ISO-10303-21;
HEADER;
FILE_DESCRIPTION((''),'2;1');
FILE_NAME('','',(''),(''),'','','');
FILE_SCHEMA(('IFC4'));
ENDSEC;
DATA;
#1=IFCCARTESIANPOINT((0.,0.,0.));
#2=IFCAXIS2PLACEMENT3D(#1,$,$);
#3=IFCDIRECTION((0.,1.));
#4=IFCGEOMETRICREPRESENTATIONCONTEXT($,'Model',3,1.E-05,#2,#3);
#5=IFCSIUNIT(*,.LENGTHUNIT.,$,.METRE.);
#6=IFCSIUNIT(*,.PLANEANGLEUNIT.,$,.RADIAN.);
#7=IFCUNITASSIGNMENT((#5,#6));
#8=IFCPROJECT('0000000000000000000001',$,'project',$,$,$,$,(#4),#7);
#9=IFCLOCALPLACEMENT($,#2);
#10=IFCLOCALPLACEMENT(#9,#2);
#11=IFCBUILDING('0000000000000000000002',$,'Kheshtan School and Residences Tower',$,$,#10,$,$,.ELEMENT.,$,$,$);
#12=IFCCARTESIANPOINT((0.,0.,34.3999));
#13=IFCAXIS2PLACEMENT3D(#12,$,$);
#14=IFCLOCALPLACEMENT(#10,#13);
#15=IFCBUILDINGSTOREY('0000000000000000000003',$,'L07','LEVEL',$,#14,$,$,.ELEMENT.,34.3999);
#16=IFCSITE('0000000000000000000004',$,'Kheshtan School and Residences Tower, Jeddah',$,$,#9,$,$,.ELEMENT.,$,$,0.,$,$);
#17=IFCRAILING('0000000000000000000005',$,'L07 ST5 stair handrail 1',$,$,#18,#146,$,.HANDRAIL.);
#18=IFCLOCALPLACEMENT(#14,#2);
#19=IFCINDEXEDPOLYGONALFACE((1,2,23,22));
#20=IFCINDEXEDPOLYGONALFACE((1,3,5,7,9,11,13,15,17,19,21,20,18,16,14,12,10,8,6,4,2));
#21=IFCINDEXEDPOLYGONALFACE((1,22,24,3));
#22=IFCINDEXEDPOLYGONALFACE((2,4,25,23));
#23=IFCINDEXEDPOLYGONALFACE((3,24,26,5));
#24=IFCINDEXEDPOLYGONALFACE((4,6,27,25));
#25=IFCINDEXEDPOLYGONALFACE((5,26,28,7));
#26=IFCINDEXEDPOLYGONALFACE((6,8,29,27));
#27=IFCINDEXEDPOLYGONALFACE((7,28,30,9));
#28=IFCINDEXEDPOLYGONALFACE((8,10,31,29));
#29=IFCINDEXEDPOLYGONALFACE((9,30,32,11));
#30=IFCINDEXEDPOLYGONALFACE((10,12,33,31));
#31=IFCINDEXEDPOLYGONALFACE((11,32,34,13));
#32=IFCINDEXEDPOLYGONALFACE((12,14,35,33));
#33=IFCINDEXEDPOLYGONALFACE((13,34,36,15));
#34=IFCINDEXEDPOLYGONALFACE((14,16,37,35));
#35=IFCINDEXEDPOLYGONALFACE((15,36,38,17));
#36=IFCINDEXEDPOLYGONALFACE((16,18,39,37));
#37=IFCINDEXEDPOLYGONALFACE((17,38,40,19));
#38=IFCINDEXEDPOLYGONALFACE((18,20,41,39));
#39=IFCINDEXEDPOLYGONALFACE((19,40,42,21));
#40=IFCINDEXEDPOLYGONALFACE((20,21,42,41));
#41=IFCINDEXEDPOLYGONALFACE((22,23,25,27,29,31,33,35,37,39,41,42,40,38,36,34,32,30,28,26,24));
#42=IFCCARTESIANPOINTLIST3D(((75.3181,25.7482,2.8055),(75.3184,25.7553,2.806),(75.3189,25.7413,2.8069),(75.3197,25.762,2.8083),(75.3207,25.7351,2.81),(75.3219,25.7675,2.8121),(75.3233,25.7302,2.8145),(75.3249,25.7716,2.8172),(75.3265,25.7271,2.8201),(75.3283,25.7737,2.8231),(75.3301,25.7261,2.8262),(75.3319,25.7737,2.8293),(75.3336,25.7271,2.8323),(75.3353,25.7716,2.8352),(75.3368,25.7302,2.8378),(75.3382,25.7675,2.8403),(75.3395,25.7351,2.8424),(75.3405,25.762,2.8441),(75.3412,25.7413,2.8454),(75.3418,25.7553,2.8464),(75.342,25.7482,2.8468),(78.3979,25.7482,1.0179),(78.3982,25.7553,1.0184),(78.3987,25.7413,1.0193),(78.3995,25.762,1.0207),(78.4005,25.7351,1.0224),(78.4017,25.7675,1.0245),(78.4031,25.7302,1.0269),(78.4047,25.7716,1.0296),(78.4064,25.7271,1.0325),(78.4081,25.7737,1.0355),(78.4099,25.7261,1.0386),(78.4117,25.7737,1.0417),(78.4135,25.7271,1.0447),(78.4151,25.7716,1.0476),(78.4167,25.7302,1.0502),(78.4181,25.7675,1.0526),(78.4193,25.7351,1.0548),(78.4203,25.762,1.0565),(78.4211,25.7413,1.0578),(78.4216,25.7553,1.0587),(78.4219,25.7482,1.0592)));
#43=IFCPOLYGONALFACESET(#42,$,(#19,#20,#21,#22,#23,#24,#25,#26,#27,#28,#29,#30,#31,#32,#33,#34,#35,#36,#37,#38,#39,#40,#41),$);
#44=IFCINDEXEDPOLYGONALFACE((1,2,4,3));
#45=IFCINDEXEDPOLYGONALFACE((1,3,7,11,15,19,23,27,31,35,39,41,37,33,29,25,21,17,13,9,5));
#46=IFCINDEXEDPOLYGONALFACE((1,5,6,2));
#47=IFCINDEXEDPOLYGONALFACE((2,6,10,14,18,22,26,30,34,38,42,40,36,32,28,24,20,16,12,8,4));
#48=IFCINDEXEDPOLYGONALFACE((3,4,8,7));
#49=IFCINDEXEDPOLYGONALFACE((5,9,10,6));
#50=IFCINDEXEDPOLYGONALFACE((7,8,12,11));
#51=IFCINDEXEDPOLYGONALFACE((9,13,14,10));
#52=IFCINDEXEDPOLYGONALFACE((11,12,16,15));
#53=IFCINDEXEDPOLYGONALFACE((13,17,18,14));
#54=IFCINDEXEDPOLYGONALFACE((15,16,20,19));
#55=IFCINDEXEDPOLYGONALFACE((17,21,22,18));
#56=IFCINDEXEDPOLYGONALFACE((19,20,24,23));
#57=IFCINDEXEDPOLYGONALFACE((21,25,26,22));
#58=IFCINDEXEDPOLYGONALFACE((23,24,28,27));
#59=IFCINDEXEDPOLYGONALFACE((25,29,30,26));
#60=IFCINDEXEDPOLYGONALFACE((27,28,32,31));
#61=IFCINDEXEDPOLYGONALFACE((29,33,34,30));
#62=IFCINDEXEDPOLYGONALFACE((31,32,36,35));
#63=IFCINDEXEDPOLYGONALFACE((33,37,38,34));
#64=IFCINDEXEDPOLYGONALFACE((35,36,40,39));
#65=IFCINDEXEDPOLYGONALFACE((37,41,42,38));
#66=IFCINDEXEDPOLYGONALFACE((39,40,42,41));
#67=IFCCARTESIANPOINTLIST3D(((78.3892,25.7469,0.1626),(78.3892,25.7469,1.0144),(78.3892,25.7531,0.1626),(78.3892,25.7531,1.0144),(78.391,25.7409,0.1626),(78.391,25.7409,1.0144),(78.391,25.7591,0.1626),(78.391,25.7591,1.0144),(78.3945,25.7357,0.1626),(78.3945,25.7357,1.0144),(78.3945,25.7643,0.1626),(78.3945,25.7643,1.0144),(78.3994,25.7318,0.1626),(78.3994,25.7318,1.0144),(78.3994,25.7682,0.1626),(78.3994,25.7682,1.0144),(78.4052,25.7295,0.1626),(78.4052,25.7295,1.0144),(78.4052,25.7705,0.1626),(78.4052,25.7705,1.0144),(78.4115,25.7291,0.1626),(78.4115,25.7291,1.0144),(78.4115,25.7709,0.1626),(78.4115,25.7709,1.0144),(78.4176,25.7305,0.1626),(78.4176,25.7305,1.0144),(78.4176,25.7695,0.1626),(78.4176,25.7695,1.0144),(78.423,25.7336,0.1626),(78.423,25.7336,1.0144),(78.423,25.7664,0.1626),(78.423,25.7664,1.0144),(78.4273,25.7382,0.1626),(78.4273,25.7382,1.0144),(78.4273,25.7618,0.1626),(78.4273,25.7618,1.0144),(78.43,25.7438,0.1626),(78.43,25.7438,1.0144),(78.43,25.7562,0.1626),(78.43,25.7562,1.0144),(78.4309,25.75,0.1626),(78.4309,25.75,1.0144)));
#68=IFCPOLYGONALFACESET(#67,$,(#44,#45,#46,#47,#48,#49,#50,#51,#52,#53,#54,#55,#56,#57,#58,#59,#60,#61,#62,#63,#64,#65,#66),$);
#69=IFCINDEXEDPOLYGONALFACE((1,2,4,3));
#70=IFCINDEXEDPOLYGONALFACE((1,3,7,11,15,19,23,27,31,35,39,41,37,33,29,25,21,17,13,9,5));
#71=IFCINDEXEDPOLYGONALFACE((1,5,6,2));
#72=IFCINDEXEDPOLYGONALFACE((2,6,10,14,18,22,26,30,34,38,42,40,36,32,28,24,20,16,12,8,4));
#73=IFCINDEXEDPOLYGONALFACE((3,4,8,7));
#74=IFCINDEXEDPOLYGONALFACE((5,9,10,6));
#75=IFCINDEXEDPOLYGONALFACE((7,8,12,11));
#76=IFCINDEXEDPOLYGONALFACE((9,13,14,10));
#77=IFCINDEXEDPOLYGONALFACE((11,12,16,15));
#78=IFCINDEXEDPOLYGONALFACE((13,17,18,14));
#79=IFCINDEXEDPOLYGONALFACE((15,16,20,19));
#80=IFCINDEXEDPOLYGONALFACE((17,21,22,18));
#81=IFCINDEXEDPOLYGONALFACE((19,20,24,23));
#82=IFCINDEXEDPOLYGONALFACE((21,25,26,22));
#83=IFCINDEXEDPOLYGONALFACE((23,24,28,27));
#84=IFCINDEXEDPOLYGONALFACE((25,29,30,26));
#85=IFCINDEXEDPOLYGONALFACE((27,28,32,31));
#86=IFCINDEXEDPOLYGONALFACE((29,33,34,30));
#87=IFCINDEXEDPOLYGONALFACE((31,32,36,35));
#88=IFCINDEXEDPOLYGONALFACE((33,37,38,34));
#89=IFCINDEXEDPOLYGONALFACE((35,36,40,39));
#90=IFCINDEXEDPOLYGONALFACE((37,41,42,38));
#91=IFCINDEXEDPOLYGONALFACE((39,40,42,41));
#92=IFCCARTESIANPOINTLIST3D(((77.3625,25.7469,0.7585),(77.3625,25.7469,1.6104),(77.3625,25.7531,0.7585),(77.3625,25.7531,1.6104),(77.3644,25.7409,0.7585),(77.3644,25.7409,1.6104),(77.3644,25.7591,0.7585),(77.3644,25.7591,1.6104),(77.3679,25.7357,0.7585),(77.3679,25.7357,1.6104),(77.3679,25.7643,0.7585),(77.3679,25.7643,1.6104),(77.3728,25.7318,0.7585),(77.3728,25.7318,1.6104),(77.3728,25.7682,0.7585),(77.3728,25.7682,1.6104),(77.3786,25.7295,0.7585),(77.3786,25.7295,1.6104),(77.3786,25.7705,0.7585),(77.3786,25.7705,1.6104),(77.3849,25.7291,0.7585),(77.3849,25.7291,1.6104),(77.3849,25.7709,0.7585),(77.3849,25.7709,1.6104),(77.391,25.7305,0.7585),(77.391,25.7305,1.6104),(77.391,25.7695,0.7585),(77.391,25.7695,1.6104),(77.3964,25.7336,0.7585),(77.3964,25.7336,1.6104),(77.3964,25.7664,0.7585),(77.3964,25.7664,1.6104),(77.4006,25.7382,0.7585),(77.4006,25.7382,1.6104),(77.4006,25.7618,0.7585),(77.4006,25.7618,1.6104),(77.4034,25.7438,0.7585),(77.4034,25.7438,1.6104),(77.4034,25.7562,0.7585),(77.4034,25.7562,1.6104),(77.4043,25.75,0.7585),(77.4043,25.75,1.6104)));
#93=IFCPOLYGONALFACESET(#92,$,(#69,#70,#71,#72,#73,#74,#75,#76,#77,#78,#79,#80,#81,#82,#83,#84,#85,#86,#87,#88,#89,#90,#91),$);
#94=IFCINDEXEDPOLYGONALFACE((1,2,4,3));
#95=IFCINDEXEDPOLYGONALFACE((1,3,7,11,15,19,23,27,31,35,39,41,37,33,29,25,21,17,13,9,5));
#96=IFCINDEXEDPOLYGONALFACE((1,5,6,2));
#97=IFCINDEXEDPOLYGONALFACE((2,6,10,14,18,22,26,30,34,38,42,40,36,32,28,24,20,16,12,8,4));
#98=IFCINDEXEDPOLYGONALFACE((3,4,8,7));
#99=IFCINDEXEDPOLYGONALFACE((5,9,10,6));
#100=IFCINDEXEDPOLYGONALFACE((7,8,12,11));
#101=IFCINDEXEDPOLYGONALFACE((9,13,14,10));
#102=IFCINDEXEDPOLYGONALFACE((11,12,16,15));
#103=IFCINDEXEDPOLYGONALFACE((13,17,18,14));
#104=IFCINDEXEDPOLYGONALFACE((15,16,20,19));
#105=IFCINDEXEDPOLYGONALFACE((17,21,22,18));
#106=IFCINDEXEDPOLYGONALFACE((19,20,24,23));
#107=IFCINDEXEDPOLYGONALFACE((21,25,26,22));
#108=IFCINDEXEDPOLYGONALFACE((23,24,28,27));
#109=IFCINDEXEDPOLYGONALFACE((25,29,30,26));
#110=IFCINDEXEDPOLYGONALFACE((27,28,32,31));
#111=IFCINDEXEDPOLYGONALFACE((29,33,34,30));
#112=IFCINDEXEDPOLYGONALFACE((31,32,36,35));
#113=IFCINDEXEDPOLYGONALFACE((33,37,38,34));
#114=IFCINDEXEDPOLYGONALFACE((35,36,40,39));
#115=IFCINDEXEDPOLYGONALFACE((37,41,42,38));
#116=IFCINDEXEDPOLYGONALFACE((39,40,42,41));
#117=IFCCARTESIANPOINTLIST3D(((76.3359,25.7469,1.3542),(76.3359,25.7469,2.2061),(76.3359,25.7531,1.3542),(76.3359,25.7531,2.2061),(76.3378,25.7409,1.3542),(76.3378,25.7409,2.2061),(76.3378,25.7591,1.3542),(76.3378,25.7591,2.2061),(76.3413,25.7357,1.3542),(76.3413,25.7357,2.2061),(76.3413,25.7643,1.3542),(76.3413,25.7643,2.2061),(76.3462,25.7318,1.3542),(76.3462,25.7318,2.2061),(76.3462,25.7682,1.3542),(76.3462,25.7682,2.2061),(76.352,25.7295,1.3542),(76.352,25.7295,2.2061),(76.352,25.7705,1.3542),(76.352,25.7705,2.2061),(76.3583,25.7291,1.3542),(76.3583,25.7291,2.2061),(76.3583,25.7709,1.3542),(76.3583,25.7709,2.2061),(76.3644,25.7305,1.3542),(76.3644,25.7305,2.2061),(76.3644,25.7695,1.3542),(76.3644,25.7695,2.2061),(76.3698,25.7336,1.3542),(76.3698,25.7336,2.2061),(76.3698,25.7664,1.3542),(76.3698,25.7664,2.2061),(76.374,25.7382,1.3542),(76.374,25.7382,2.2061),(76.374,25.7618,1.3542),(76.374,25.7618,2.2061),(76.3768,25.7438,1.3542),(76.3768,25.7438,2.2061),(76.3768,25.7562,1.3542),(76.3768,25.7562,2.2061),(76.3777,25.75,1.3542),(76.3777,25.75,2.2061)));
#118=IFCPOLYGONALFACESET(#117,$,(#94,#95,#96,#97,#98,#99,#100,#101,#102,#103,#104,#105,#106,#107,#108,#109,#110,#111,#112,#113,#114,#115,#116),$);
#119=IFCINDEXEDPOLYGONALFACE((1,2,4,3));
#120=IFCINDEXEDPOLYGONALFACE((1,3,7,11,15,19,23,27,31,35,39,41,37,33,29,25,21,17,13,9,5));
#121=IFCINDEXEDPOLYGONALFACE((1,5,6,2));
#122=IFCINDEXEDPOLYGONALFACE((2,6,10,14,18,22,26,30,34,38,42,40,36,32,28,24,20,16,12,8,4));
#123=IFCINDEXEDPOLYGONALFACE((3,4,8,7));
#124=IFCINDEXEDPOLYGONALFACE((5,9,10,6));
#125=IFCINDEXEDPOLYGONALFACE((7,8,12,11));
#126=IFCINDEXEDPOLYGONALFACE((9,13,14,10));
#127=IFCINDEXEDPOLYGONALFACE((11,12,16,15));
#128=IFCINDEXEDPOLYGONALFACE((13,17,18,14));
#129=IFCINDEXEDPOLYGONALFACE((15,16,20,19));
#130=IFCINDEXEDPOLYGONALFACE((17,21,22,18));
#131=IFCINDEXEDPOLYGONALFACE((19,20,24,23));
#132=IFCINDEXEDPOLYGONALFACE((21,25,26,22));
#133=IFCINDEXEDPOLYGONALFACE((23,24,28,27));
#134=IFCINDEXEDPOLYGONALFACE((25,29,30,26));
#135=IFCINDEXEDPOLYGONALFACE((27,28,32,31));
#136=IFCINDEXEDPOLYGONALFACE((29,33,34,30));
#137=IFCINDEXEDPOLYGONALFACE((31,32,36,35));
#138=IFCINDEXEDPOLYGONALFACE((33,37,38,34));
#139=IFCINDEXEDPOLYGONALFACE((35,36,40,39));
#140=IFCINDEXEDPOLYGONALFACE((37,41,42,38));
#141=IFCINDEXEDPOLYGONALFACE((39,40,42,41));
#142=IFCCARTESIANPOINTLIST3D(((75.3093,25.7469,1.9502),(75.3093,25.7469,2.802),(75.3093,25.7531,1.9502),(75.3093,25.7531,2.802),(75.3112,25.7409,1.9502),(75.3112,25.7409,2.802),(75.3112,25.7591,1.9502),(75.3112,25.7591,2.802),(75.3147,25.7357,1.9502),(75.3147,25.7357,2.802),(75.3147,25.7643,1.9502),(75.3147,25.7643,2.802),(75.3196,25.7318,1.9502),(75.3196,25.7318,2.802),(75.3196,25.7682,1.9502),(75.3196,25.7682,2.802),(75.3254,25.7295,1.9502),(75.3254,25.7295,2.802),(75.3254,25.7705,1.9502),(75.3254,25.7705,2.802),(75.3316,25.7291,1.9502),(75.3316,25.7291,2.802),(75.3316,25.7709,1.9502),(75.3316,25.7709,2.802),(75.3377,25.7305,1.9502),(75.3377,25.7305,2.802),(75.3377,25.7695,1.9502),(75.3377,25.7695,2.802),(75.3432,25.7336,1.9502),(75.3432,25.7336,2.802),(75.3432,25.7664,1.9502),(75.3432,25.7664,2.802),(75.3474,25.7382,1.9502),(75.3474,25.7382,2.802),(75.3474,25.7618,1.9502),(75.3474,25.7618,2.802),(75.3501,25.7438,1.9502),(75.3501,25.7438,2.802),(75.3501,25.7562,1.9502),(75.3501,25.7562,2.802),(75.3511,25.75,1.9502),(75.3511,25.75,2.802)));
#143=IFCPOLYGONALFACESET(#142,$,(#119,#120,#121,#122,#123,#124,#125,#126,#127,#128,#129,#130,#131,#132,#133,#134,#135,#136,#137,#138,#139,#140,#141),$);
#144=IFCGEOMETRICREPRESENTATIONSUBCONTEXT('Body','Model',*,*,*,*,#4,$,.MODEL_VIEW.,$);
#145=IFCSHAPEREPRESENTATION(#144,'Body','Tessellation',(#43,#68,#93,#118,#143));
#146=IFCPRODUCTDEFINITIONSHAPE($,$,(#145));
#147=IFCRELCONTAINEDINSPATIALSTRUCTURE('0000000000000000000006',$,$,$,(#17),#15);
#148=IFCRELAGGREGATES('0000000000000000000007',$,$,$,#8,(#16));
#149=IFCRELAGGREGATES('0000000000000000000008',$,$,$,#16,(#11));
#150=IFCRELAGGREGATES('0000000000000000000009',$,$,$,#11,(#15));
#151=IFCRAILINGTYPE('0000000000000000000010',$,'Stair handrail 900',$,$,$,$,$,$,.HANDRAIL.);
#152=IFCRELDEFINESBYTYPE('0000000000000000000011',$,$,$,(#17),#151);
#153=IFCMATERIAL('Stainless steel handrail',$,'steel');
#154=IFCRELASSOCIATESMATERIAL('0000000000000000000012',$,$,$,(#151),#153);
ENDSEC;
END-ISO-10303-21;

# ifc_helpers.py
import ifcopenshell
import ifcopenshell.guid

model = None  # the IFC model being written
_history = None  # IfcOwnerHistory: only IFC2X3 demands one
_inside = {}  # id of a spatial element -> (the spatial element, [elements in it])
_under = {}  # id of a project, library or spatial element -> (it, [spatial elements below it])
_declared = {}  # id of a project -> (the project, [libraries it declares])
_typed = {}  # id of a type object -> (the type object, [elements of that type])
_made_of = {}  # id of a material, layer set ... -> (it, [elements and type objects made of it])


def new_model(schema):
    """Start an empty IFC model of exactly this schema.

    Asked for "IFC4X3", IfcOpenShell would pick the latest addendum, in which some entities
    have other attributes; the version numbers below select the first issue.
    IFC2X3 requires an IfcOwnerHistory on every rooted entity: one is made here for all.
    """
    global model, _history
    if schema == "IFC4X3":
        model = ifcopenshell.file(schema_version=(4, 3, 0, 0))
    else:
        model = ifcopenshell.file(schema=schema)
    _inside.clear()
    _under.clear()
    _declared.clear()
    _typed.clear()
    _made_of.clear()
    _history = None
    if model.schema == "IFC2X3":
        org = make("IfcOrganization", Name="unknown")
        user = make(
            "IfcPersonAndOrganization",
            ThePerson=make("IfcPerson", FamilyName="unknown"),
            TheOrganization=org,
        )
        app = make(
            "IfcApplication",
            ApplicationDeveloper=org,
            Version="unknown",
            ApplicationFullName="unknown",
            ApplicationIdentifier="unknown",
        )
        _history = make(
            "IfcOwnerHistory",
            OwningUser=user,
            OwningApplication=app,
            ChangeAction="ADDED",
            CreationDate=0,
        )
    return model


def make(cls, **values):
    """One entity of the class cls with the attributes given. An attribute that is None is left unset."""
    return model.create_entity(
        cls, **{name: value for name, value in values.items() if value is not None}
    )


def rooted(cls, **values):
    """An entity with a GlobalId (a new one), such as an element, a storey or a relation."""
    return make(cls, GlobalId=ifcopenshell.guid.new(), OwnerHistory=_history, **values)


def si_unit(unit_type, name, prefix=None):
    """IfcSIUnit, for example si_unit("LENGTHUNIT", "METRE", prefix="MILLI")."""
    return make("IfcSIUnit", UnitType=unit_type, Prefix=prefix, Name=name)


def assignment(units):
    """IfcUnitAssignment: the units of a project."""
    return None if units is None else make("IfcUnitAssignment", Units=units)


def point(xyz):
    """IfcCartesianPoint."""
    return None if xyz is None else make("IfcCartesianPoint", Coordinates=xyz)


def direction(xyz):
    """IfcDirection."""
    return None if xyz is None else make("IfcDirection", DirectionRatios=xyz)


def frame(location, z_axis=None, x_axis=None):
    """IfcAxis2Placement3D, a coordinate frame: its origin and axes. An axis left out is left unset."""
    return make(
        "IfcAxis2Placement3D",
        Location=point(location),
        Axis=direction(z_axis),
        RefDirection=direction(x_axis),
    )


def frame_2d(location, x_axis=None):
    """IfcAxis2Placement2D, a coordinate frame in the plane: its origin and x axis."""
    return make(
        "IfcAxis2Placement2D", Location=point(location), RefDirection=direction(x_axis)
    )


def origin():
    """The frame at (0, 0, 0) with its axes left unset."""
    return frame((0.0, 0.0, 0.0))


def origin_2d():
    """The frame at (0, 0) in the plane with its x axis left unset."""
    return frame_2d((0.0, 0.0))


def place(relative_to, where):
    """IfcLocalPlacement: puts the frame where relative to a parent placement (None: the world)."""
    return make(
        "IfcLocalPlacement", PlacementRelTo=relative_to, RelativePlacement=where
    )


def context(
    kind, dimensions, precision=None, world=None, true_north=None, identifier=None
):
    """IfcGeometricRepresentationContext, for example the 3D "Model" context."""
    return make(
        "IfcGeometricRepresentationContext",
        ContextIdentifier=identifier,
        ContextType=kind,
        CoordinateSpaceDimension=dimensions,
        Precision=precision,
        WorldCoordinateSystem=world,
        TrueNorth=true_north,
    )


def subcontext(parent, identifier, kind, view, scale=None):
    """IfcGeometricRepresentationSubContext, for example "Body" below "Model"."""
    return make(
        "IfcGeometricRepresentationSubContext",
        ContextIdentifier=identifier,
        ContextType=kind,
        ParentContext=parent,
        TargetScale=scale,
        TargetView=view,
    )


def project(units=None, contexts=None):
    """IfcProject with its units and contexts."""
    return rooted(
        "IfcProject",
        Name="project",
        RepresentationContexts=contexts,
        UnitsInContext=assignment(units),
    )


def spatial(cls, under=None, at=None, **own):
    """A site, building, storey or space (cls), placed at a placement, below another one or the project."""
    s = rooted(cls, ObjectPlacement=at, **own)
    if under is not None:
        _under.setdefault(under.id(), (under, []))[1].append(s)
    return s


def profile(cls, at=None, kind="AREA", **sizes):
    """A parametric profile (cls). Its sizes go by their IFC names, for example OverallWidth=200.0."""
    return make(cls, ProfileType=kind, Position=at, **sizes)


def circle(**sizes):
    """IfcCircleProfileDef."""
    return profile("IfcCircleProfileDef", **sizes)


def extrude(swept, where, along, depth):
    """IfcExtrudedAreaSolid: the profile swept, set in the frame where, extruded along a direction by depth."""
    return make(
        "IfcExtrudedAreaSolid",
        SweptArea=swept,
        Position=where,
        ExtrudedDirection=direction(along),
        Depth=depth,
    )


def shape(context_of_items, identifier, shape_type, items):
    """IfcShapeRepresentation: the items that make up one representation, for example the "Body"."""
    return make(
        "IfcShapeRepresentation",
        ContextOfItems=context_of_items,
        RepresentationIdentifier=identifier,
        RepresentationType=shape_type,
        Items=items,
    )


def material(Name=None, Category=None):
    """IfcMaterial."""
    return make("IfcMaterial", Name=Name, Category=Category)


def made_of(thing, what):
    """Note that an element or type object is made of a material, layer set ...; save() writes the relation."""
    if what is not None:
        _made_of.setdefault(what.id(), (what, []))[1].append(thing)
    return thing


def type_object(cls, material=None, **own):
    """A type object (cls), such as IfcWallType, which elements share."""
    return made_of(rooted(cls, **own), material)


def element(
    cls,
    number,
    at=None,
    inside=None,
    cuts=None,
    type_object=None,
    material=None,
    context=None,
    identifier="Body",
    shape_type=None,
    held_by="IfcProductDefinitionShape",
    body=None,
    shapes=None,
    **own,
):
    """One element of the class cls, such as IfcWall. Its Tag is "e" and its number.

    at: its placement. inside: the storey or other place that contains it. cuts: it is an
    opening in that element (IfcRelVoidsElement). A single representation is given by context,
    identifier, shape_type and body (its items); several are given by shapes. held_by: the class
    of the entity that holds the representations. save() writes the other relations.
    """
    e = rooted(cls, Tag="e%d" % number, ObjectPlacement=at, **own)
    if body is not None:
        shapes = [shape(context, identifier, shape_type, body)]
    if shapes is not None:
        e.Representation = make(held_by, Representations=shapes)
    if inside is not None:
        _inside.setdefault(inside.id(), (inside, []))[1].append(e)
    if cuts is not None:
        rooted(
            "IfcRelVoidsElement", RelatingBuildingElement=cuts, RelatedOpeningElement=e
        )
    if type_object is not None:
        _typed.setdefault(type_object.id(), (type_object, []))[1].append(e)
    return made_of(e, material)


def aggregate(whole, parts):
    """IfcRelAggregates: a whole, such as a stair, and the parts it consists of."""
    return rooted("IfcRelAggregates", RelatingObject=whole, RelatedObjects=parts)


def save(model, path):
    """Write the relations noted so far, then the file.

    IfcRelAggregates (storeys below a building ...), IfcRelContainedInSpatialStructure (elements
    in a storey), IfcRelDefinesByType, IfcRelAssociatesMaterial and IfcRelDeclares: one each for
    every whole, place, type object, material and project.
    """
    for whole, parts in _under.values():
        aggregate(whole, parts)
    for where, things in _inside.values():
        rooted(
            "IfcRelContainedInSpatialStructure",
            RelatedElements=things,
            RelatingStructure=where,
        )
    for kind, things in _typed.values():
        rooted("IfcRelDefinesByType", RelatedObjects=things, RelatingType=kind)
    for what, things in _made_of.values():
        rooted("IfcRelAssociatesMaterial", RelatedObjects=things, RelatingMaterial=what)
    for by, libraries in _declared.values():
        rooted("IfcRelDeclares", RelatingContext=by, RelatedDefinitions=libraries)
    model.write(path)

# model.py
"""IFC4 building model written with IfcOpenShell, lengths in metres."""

from ifc_helpers import new_model, si_unit, direction, frame, origin, origin_2d, place, context, subcontext, project, spatial, circle, extrude, material, type_object, element, save


model = new_model("IFC4")

# Units and contexts
model_context = context("Model", 3, precision=1e-05, world=origin(), true_north=direction((0.0, 1.0)))
body_context = subcontext(model_context, "Body", "Model", "MODEL_VIEW")
ifc_project = project(units=[si_unit("LENGTHUNIT", "METRE"), si_unit("PLANEANGLEUNIT", "RADIAN")], contexts=[model_context])

# Site, building, storey
site_placement = place(None, origin())
site = spatial("IfcSite", under=ifc_project, at=site_placement, Name="Kheshtan School and Residences Tower, Jeddah", CompositionType="ELEMENT", RefElevation=0.0)
building_placement = place(site_placement, origin())
building = spatial("IfcBuilding", under=site, at=building_placement, Name="Kheshtan School and Residences Tower", CompositionType="ELEMENT")
storey_placement = place(building_placement, frame((0.0, 0.0, 34.3999)))
storey = spatial("IfcBuildingStorey", under=building, at=storey_placement, Name="L07", Description="LEVEL", CompositionType="ELEMENT", Elevation=34.3999)

# Railing
ifc_material_1 = material(Name="Stainless steel handrail", Category="steel")
railing_type_1 = type_object("IfcRailingType", Name="Stair handrail 900", PredefinedType="HANDRAIL", material=ifc_material_1)
railing_1_placement = place(storey_placement, frame((78.4099, 25.75, 0.1626)))
element("IfcRailing", 1, at=railing_1_placement, inside=storey, type_object=railing_type_1, Name="L07 ST5 stair handrail 1", PredefinedType="HANDRAIL", context=body_context, shape_type="SweptSolid", body=[
    extrude(circle(Radius=0.0239, at=origin_2d()), frame((0.0, 0.0, 0.876), z_axis=(-0.864873, 0.0, 0.50199), x_axis=(0.0, -1.0, 0.0)), (0.0, 0.0, 1.0), 3.561),
    extrude(circle(Radius=0.021, at=origin_2d()), origin(), (0.0, 0.0, 1.0), 0.8518),
    extrude(circle(Radius=0.021, at=origin_2d()), frame((-1.0266, 0.0, 0.5959)), (0.0, 0.0, 1.0), 0.8518),
    extrude(circle(Radius=0.021, at=origin_2d()), frame((-2.0532, 0.0, 1.1917)), (0.0, 0.0, 1.0), 0.8518),
    extrude(circle(Radius=0.021, at=origin_2d()), frame((-3.0798, 0.0, 1.7876)), (0.0, 0.0, 1.0), 0.8518),
])

save(model, "model.ifc")
